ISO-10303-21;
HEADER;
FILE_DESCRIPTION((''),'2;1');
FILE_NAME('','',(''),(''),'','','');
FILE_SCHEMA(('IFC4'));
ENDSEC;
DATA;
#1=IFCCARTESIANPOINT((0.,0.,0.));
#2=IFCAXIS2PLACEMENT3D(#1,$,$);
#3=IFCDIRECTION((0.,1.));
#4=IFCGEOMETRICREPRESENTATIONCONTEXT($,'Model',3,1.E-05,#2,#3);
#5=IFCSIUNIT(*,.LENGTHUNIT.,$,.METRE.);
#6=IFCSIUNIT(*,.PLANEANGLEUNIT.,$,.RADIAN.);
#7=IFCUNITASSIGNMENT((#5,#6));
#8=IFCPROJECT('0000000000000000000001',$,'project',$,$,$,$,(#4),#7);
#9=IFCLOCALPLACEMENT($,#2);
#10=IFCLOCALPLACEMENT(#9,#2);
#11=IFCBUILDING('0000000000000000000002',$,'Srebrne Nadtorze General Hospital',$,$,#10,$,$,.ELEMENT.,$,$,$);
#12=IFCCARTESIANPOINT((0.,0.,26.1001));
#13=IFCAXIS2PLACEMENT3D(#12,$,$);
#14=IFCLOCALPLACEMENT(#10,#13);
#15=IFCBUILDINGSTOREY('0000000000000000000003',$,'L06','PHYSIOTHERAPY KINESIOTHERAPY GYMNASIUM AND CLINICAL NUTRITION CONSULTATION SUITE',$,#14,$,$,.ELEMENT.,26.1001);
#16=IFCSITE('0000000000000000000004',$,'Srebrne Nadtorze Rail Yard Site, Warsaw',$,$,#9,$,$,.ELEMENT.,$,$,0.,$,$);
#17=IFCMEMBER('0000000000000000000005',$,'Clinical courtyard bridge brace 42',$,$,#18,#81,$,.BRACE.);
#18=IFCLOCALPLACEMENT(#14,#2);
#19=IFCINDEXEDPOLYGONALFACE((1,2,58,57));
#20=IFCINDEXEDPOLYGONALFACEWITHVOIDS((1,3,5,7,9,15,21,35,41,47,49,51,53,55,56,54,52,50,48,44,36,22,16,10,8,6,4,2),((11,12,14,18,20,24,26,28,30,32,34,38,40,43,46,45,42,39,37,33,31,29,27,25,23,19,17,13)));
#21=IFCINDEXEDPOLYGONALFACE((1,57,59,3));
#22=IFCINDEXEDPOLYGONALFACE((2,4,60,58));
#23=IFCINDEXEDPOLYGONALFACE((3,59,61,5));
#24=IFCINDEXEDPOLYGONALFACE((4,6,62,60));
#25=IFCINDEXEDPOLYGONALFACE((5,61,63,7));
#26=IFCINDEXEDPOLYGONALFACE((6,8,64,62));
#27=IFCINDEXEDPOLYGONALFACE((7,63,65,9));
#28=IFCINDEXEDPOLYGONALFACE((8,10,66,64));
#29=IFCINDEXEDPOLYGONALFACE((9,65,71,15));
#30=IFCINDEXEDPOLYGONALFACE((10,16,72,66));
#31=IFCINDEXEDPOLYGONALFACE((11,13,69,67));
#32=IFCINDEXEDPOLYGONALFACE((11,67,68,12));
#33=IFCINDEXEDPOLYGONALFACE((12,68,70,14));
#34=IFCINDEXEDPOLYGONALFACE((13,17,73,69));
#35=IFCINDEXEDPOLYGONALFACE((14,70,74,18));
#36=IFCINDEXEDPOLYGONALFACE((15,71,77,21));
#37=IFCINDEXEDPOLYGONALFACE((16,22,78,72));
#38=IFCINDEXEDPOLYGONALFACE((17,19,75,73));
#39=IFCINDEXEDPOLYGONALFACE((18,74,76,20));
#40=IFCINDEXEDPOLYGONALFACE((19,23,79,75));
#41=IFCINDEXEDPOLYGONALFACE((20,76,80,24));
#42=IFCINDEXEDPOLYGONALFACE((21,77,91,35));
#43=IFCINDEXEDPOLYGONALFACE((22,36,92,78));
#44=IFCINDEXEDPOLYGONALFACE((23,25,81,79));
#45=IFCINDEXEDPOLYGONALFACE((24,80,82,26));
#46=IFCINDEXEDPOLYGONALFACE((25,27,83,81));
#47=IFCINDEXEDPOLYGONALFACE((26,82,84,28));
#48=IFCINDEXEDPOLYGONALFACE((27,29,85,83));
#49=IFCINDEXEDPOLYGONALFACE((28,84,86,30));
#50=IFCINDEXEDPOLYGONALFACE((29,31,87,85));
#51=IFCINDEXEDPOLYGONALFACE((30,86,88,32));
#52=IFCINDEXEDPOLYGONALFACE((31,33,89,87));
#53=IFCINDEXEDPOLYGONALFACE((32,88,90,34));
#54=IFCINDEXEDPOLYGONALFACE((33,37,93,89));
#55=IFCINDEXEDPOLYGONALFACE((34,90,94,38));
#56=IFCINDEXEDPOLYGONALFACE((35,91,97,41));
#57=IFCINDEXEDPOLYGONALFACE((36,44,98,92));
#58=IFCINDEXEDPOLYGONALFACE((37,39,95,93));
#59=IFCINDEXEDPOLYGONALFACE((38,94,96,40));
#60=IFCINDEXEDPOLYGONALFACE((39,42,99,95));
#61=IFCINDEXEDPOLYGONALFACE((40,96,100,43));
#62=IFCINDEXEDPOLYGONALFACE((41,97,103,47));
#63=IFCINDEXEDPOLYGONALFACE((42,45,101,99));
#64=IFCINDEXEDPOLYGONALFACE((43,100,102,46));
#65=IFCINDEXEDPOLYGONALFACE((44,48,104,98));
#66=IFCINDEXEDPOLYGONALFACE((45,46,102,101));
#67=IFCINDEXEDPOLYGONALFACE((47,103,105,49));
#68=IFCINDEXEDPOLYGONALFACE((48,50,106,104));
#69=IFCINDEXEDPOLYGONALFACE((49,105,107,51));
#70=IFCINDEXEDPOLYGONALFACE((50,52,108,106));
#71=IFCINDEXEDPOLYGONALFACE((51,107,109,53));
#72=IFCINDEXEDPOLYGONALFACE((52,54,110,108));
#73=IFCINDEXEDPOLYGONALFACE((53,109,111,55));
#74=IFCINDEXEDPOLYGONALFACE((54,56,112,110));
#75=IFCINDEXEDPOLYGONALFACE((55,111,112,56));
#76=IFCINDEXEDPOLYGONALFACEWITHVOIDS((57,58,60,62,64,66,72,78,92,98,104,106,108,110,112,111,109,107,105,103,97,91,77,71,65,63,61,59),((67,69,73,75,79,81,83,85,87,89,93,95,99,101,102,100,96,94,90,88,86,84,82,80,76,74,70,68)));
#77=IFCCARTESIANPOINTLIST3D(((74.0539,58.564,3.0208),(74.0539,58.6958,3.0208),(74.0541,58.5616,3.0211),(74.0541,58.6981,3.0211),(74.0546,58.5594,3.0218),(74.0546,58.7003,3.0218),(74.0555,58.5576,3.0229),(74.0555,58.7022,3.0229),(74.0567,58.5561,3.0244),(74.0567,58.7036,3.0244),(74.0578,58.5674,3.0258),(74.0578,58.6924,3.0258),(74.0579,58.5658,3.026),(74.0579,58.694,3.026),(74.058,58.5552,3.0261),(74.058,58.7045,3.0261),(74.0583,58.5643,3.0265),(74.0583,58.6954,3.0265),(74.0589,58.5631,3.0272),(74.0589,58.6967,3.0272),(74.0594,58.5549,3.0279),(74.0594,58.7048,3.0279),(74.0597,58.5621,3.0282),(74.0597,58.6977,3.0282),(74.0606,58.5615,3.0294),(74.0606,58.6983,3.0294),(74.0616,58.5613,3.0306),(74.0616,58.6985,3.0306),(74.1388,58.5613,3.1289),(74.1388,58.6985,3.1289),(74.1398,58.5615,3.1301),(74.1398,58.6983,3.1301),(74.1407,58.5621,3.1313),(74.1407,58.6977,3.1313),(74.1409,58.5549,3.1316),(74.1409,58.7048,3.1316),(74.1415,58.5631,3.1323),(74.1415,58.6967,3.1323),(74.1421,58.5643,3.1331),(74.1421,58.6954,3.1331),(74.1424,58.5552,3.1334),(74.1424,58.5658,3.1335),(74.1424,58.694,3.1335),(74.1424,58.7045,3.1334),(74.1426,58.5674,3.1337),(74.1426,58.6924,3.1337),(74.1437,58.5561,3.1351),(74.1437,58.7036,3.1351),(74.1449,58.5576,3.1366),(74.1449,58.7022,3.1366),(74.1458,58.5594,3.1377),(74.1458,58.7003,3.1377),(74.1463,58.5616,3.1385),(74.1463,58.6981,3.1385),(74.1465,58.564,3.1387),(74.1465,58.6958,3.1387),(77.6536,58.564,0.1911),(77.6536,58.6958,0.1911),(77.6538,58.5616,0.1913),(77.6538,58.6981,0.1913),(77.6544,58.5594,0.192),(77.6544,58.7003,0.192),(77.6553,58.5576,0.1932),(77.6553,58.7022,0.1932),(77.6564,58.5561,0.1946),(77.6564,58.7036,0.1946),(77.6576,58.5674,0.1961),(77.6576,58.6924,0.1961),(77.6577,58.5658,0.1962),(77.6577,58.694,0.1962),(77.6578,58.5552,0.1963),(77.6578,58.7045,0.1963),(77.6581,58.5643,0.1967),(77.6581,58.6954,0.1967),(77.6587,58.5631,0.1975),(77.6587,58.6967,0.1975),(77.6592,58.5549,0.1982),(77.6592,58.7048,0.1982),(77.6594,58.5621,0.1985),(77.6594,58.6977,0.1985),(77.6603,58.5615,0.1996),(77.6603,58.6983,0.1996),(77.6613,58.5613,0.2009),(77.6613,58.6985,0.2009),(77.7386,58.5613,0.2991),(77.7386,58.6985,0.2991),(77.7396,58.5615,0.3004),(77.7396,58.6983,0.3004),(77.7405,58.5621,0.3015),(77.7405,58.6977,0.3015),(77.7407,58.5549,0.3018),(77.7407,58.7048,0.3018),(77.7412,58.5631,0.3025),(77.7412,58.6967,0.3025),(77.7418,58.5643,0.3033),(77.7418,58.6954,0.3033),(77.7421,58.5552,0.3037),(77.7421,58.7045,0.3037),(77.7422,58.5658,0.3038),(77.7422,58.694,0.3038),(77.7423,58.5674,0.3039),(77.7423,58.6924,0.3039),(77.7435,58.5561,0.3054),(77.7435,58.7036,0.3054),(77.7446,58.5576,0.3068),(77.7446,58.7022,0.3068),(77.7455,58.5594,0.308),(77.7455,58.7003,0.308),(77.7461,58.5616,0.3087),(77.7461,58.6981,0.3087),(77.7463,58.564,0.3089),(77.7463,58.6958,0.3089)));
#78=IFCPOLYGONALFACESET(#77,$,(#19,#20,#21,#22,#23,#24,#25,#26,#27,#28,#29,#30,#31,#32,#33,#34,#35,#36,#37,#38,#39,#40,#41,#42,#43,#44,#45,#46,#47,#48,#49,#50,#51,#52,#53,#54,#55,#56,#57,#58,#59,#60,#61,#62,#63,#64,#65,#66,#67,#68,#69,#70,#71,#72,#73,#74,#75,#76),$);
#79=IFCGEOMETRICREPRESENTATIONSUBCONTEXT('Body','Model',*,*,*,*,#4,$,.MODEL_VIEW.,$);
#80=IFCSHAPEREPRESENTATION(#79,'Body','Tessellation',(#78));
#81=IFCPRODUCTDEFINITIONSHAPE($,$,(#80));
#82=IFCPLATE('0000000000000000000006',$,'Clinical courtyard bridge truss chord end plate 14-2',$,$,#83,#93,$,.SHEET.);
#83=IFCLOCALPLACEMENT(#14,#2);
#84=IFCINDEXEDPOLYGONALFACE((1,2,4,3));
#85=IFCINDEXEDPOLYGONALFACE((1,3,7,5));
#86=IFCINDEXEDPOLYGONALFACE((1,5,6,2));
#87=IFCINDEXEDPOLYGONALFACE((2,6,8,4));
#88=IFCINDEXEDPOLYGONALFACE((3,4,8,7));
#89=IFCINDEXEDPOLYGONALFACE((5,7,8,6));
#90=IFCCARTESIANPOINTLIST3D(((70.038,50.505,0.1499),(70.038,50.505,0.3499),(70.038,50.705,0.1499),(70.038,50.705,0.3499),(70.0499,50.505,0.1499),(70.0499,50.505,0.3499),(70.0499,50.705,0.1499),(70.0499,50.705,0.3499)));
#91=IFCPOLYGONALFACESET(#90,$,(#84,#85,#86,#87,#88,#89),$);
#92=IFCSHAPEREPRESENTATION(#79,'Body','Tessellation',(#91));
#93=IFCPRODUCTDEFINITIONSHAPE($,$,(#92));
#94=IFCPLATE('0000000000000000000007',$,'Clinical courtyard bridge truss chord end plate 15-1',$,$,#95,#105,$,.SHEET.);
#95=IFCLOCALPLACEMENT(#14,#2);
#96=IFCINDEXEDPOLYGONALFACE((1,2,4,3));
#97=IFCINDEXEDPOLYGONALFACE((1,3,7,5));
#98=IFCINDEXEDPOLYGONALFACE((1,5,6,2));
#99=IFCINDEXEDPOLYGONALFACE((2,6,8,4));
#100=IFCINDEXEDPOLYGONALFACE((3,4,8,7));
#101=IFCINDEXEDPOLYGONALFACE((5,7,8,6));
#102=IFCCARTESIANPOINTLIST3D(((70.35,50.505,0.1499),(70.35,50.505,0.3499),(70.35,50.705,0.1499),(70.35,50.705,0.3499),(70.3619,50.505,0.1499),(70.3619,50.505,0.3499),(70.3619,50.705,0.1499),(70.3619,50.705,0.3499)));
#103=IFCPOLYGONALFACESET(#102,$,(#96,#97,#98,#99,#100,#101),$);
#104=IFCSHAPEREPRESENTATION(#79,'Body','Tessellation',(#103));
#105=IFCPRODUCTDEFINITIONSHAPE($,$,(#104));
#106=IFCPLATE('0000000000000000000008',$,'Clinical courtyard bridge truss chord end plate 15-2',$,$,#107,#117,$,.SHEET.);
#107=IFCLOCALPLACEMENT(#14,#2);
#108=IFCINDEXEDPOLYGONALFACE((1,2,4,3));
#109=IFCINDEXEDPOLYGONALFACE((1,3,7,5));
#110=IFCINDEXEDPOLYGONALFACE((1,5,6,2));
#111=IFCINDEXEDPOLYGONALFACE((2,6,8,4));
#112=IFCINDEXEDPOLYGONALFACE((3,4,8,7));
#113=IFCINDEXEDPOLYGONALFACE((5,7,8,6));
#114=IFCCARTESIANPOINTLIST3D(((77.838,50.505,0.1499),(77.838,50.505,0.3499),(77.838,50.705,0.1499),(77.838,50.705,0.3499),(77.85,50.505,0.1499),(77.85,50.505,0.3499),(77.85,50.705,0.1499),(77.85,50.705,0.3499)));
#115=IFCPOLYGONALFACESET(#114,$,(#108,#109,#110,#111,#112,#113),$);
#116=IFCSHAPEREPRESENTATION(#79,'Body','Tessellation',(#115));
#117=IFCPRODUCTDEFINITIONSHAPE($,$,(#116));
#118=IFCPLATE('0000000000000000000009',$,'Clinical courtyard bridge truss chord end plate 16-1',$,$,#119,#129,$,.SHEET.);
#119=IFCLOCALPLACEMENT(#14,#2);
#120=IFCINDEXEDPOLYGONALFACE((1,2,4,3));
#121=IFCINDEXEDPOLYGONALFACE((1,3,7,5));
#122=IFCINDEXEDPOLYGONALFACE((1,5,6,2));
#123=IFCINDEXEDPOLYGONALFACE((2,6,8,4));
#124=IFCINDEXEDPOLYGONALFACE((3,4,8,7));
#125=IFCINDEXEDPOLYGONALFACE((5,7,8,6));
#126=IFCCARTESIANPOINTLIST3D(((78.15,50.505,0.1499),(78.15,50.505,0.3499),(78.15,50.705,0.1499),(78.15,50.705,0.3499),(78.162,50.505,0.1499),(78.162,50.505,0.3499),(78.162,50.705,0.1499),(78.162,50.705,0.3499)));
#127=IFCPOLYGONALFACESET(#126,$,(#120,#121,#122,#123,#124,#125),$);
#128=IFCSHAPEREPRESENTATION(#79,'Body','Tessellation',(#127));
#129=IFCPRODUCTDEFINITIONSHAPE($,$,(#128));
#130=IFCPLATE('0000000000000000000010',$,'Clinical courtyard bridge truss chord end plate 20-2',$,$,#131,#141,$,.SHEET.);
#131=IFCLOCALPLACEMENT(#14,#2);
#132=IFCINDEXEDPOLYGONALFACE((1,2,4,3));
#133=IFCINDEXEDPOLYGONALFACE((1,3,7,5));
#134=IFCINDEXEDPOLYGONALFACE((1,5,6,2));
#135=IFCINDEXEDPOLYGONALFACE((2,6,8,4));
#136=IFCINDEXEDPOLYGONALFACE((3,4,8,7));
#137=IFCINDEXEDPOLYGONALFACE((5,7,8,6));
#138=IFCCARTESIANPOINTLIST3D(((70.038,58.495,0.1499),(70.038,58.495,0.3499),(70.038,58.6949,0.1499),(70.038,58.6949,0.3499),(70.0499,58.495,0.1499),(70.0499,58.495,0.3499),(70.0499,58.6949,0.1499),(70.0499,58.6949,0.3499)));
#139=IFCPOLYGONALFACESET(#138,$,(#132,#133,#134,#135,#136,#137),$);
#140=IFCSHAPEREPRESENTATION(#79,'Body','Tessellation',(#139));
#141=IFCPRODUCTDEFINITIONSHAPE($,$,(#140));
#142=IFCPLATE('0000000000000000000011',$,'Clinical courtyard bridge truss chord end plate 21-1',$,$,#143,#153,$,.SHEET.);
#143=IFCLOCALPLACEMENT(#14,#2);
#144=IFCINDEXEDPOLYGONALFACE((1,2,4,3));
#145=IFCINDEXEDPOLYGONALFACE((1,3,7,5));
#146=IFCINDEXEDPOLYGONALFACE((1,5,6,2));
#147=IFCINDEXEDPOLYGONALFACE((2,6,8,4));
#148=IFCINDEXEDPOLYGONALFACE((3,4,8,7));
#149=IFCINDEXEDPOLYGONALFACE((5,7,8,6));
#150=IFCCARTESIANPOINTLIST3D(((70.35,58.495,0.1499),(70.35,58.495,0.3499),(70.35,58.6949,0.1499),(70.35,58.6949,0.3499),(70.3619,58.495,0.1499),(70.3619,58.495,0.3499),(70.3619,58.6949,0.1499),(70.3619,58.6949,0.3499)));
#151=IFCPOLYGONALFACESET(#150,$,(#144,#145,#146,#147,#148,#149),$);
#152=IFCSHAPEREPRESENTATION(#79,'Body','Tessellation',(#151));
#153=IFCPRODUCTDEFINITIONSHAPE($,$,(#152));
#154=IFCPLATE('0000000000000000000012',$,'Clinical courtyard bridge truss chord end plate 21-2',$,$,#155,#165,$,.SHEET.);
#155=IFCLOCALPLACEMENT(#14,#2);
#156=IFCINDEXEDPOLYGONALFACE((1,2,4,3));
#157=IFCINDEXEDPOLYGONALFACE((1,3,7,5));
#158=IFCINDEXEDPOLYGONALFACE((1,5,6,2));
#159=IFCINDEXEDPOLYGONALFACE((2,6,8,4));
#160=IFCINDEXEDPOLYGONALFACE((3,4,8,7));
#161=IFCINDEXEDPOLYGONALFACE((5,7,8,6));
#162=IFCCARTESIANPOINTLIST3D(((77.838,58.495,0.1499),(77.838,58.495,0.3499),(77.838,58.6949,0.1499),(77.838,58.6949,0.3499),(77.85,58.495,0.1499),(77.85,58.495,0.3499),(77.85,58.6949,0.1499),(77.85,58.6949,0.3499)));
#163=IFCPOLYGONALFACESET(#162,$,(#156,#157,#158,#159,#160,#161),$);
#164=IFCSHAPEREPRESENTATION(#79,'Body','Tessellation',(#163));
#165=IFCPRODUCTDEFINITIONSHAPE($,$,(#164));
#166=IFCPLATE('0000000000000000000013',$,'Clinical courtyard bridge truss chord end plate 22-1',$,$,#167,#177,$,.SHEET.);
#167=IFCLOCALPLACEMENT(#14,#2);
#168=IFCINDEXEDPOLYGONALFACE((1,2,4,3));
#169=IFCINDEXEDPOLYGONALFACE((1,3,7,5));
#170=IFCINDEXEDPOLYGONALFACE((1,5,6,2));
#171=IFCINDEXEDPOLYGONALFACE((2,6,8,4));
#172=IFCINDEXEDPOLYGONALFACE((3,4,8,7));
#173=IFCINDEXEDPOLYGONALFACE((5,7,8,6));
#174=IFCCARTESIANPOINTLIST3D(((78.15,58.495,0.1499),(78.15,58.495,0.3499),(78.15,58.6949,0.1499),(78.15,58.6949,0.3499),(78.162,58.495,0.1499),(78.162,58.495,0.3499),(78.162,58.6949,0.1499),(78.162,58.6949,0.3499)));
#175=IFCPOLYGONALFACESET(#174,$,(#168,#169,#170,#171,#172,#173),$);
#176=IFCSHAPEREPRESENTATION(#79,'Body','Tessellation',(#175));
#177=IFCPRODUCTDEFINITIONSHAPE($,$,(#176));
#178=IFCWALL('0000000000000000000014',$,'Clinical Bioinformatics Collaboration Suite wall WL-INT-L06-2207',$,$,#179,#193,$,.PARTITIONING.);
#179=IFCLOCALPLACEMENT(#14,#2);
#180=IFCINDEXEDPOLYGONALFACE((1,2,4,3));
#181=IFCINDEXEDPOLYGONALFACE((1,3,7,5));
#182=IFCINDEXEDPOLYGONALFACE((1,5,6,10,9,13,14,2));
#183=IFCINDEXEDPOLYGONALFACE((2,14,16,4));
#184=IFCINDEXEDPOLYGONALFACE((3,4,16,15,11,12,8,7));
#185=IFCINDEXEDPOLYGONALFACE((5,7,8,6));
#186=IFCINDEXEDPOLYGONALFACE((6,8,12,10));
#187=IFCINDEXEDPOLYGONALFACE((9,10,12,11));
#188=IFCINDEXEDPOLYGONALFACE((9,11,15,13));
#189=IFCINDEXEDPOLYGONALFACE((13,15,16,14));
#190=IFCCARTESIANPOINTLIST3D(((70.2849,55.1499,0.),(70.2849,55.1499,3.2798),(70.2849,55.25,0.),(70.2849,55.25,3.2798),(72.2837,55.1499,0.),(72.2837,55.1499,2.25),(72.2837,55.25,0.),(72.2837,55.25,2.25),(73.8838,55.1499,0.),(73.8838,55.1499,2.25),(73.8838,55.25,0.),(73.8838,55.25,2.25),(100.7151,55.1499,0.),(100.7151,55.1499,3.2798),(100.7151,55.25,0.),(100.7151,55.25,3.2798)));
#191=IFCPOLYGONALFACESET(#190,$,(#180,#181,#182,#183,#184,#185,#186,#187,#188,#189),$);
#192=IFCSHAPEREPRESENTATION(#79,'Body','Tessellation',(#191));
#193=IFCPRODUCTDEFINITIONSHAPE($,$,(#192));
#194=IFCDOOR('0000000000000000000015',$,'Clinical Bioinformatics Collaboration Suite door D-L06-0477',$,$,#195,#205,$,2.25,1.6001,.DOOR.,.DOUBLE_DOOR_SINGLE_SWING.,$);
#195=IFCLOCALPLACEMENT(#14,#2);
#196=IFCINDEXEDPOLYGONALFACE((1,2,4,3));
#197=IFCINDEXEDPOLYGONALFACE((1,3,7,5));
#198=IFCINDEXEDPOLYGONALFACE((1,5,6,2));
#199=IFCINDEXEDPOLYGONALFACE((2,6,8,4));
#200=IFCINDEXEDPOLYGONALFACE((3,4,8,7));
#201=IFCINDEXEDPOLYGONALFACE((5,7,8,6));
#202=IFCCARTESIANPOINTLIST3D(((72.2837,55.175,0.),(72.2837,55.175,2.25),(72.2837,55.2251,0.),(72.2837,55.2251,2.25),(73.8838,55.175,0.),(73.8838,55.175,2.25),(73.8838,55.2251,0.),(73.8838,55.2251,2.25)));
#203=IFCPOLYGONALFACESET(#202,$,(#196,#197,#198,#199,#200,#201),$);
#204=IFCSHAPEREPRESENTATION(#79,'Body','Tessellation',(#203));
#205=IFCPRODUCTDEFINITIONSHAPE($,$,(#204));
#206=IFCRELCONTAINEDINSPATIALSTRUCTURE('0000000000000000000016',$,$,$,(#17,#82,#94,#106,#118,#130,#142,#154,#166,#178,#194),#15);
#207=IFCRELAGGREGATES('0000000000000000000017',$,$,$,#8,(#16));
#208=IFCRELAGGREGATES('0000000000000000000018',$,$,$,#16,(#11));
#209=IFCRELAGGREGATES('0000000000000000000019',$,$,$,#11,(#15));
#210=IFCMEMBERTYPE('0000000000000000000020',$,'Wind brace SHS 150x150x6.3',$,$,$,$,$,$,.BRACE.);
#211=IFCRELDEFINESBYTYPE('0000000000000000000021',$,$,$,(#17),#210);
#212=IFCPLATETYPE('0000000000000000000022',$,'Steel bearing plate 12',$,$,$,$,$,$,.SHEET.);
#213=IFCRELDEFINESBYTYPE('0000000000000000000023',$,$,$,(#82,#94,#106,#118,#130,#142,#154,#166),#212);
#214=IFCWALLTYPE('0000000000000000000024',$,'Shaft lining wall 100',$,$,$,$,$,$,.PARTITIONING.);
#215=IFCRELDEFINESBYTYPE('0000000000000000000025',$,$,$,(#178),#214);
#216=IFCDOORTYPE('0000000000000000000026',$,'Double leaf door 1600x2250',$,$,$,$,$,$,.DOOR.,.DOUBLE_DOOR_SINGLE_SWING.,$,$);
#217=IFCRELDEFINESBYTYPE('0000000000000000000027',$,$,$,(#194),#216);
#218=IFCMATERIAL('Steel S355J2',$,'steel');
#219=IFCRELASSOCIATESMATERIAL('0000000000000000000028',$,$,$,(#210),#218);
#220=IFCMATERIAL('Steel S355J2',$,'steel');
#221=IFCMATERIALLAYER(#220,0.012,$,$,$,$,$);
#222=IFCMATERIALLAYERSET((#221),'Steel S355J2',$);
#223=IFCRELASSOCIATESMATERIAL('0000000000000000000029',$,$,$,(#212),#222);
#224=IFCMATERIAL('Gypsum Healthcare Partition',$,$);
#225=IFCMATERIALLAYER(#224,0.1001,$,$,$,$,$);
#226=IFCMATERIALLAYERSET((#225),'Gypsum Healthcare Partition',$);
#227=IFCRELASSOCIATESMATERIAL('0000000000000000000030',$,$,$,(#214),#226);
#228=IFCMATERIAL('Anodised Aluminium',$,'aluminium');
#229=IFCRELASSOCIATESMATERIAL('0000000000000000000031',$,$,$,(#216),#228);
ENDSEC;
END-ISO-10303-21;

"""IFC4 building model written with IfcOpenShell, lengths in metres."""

from ifc_helpers import new_model, si_unit, direction, frame, frame_2d, origin, origin_2d, place, context, subcontext, project, spatial, rectangle, hollow_rectangle, extrude, material, layer, layer_set, material_profile, profile_set, type_object, element, fill, save


model = new_model("IFC4")

# Units and contexts
model_context = context("Model", 3, precision=1e-05, world=origin(), true_north=direction((0.0, 1.0)))
body_context = subcontext(model_context, "Body", "Model", "MODEL_VIEW")
ifc_project = project(units=[si_unit("LENGTHUNIT", "METRE"), si_unit("PLANEANGLEUNIT", "RADIAN")], contexts=[model_context])

# Site, building, storey
site_placement = place(None, origin())
site = spatial("IfcSite", under=ifc_project, at=site_placement, Name="Srebrne Nadtorze Rail Yard Site, Warsaw", CompositionType="ELEMENT", RefElevation=0.0)
building_placement = place(site_placement, origin())
building = spatial("IfcBuilding", under=site, at=building_placement, Name="Srebrne Nadtorze General Hospital", CompositionType="ELEMENT")
storey_placement = place(building_placement, frame((0.0, 0.0, 26.1001)))
storey = spatial("IfcBuildingStorey", under=building, at=storey_placement, Name="L06", Description="PHYSIOTHERAPY KINESIOTHERAPY GYMNASIUM AND CLINICAL NUTRITION CONSULTATION SUITE", CompositionType="ELEMENT", Elevation=26.1001)

# Member
ifc_material_1 = material(Name="Steel S355J2", Category="steel")
ifc_material_profile_1 = material_profile(ifc_material_1, hollow_rectangle(XDim=0.1499, YDim=0.1499, WallThickness=0.0063, InnerFilletRadius=0.0061, OuterFilletRadius=0.009, at=origin_2d()), Name="SHS-150x150x6.3")
ifc_profile_set_1 = profile_set([ifc_material_profile_1], Name="Steel S355J2")
member_type_1 = type_object("IfcMemberType", Name="Wind brace SHS 150x150x6.3", PredefinedType="BRACE", material=ifc_profile_set_1)
member_1_placement = place(storey_placement, frame((77.7, 58.6299, 0.25), z_axis=(-0.786172, 0.0, 0.618008), x_axis=(0.0, -1.0, 0.0)))
element("IfcMember", 1, at=member_1_placement, inside=storey, type_object=member_type_1, Name="Clinical courtyard bridge brace 42", PredefinedType="BRACE", context=body_context, shape_type="SweptSolid", body=[
    extrude(hollow_rectangle(XDim=0.1499, YDim=0.1499, WallThickness=0.0063, InnerFilletRadius=0.0061, OuterFilletRadius=0.009, at=origin_2d()), origin(), (0.0, 0.0, 1.0), 4.5789),
])

# Plates
ifc_material_2 = material(Name="Steel S355J2", Category="steel")
ifc_layer_1 = layer(ifc_material_2, 0.012)
ifc_layer_set_1 = layer_set([ifc_layer_1], Name="Steel S355J2")
plate_type = type_object("IfcPlateType", Name="Steel bearing plate 12", PredefinedType="SHEET", material=ifc_layer_set_1)
for number, where, z_axis, x_axis, name in (
    (2, (70.0439, 50.605, 0.1499), (0.0, 0.0, 1.0), (1.0, 0.0, 0.0), "Clinical courtyard bridge truss chord end plate 14-2"),
    (3, (70.356, 50.605, 0.1499), (0.0, 0.0, 1.0), (1.0, 0.0, 0.0), "Clinical courtyard bridge truss chord end plate 15-1"),
    (4, (77.844, 50.605, 0.1499), (0.0, 0.0, 1.0), (1.0, 0.0, 0.0), "Clinical courtyard bridge truss chord end plate 15-2"),
    (5, (78.156, 50.605, 0.1499), (0.0, 0.0, 1.0), (1.0, 0.0, 0.0), "Clinical courtyard bridge truss chord end plate 16-1"),
    (6, (70.0439, 58.595, 0.1499), (0.0, 0.0, 1.0), (1.0, 0.0, 0.0), "Clinical courtyard bridge truss chord end plate 20-2"),
    (7, (70.356, 58.595, 0.1499), (0.0, 0.0, 1.0), (1.0, 0.0, 0.0), "Clinical courtyard bridge truss chord end plate 21-1"),
    (8, (77.844, 58.595, 0.1499), (0.0, 0.0, 1.0), (1.0, 0.0, 0.0), "Clinical courtyard bridge truss chord end plate 21-2"),
    (9, (78.156, 58.595, 0.1499), (0.0, 0.0, 1.0), (1.0, 0.0, 0.0), "Clinical courtyard bridge truss chord end plate 22-1"),
):
    element("IfcPlate", number, at=place(storey_placement, frame(where, z_axis=z_axis, x_axis=x_axis)), inside=storey, type_object=plate_type, Name=name, PredefinedType="SHEET", context=body_context, shape_type="SweptSolid", body=[
        extrude(rectangle(XDim=0.012, YDim=0.2, at=origin_2d()), origin(), (0.0, 0.0, 1.0), 0.2),
    ])

# Wall, opening, door
ifc_material_3 = material(Name="Gypsum Healthcare Partition")
ifc_layer_2 = layer(ifc_material_3, 0.1001)
ifc_layer_set_2 = layer_set([ifc_layer_2], Name="Gypsum Healthcare Partition")
wall_type = type_object("IfcWallType", Name="Shaft lining wall 100", PredefinedType="PARTITIONING", material=ifc_layer_set_2)
wall_placement = place(storey_placement, frame((70.2849, 55.2, 0.0), z_axis=(0.0, 0.0, 1.0), x_axis=(1.0, 0.0, 0.0)))
wall = element("IfcWall", 10, at=wall_placement, inside=storey, type_object=wall_type, Name="Clinical Bioinformatics Collaboration Suite wall WL-INT-L06-2207", PredefinedType="PARTITIONING", context=body_context, shape_type="SweptSolid", body=[
    extrude(rectangle(XDim=30.4302, YDim=0.1001, at=frame_2d((15.2151, 0.0))), origin(), (0.0, 0.0, 1.0), 3.2798),
])
opening_placement = place(wall_placement, frame((1.9988, 0.0, 0.0)))
opening = element("IfcOpeningElement", 11, at=opening_placement, cuts=wall, PredefinedType="OPENING", context=body_context, shape_type="SweptSolid", body=[
    extrude(rectangle(XDim=1.6001, YDim=2.25, at=frame_2d((0.8, 1.125))), frame((0.0, 0.062, 0.0), z_axis=(0.0, -1.0, 0.0), x_axis=(1.0, 0.0, 0.0)), (0.0, 0.0, 1.0), 0.124),
])
ifc_material_4 = material(Name="Anodised Aluminium", Category="aluminium")
door_type = type_object("IfcDoorType", Name="Double leaf door 1600x2250", OperationType="DOUBLE_DOOR_SINGLE_SWING", PredefinedType="DOOR", material=ifc_material_4)
door_placement = place(opening_placement, frame((1.6001, 0.0, 0.0), z_axis=(0.0, 0.0, 1.0), x_axis=(-1.0, 0.0, 0.0)))
door = element("IfcDoor", 12, at=door_placement, inside=storey, type_object=door_type, Name="Clinical Bioinformatics Collaboration Suite door D-L06-0477", OperationType="DOUBLE_DOOR_SINGLE_SWING", OverallHeight=2.25, OverallWidth=1.6001, PredefinedType="DOOR", context=body_context, shape_type="SweptSolid", body=[
    extrude(rectangle(XDim=1.6001, YDim=2.25, at=frame_2d((0.8, 1.125))), frame((0.0, 0.0249, 0.0), z_axis=(0.0, -1.0, 0.0), x_axis=(1.0, 0.0, 0.0)), (0.0, 0.0, 1.0), 0.05),
])
fill(opening, door)

save(model, "model.ifc")
